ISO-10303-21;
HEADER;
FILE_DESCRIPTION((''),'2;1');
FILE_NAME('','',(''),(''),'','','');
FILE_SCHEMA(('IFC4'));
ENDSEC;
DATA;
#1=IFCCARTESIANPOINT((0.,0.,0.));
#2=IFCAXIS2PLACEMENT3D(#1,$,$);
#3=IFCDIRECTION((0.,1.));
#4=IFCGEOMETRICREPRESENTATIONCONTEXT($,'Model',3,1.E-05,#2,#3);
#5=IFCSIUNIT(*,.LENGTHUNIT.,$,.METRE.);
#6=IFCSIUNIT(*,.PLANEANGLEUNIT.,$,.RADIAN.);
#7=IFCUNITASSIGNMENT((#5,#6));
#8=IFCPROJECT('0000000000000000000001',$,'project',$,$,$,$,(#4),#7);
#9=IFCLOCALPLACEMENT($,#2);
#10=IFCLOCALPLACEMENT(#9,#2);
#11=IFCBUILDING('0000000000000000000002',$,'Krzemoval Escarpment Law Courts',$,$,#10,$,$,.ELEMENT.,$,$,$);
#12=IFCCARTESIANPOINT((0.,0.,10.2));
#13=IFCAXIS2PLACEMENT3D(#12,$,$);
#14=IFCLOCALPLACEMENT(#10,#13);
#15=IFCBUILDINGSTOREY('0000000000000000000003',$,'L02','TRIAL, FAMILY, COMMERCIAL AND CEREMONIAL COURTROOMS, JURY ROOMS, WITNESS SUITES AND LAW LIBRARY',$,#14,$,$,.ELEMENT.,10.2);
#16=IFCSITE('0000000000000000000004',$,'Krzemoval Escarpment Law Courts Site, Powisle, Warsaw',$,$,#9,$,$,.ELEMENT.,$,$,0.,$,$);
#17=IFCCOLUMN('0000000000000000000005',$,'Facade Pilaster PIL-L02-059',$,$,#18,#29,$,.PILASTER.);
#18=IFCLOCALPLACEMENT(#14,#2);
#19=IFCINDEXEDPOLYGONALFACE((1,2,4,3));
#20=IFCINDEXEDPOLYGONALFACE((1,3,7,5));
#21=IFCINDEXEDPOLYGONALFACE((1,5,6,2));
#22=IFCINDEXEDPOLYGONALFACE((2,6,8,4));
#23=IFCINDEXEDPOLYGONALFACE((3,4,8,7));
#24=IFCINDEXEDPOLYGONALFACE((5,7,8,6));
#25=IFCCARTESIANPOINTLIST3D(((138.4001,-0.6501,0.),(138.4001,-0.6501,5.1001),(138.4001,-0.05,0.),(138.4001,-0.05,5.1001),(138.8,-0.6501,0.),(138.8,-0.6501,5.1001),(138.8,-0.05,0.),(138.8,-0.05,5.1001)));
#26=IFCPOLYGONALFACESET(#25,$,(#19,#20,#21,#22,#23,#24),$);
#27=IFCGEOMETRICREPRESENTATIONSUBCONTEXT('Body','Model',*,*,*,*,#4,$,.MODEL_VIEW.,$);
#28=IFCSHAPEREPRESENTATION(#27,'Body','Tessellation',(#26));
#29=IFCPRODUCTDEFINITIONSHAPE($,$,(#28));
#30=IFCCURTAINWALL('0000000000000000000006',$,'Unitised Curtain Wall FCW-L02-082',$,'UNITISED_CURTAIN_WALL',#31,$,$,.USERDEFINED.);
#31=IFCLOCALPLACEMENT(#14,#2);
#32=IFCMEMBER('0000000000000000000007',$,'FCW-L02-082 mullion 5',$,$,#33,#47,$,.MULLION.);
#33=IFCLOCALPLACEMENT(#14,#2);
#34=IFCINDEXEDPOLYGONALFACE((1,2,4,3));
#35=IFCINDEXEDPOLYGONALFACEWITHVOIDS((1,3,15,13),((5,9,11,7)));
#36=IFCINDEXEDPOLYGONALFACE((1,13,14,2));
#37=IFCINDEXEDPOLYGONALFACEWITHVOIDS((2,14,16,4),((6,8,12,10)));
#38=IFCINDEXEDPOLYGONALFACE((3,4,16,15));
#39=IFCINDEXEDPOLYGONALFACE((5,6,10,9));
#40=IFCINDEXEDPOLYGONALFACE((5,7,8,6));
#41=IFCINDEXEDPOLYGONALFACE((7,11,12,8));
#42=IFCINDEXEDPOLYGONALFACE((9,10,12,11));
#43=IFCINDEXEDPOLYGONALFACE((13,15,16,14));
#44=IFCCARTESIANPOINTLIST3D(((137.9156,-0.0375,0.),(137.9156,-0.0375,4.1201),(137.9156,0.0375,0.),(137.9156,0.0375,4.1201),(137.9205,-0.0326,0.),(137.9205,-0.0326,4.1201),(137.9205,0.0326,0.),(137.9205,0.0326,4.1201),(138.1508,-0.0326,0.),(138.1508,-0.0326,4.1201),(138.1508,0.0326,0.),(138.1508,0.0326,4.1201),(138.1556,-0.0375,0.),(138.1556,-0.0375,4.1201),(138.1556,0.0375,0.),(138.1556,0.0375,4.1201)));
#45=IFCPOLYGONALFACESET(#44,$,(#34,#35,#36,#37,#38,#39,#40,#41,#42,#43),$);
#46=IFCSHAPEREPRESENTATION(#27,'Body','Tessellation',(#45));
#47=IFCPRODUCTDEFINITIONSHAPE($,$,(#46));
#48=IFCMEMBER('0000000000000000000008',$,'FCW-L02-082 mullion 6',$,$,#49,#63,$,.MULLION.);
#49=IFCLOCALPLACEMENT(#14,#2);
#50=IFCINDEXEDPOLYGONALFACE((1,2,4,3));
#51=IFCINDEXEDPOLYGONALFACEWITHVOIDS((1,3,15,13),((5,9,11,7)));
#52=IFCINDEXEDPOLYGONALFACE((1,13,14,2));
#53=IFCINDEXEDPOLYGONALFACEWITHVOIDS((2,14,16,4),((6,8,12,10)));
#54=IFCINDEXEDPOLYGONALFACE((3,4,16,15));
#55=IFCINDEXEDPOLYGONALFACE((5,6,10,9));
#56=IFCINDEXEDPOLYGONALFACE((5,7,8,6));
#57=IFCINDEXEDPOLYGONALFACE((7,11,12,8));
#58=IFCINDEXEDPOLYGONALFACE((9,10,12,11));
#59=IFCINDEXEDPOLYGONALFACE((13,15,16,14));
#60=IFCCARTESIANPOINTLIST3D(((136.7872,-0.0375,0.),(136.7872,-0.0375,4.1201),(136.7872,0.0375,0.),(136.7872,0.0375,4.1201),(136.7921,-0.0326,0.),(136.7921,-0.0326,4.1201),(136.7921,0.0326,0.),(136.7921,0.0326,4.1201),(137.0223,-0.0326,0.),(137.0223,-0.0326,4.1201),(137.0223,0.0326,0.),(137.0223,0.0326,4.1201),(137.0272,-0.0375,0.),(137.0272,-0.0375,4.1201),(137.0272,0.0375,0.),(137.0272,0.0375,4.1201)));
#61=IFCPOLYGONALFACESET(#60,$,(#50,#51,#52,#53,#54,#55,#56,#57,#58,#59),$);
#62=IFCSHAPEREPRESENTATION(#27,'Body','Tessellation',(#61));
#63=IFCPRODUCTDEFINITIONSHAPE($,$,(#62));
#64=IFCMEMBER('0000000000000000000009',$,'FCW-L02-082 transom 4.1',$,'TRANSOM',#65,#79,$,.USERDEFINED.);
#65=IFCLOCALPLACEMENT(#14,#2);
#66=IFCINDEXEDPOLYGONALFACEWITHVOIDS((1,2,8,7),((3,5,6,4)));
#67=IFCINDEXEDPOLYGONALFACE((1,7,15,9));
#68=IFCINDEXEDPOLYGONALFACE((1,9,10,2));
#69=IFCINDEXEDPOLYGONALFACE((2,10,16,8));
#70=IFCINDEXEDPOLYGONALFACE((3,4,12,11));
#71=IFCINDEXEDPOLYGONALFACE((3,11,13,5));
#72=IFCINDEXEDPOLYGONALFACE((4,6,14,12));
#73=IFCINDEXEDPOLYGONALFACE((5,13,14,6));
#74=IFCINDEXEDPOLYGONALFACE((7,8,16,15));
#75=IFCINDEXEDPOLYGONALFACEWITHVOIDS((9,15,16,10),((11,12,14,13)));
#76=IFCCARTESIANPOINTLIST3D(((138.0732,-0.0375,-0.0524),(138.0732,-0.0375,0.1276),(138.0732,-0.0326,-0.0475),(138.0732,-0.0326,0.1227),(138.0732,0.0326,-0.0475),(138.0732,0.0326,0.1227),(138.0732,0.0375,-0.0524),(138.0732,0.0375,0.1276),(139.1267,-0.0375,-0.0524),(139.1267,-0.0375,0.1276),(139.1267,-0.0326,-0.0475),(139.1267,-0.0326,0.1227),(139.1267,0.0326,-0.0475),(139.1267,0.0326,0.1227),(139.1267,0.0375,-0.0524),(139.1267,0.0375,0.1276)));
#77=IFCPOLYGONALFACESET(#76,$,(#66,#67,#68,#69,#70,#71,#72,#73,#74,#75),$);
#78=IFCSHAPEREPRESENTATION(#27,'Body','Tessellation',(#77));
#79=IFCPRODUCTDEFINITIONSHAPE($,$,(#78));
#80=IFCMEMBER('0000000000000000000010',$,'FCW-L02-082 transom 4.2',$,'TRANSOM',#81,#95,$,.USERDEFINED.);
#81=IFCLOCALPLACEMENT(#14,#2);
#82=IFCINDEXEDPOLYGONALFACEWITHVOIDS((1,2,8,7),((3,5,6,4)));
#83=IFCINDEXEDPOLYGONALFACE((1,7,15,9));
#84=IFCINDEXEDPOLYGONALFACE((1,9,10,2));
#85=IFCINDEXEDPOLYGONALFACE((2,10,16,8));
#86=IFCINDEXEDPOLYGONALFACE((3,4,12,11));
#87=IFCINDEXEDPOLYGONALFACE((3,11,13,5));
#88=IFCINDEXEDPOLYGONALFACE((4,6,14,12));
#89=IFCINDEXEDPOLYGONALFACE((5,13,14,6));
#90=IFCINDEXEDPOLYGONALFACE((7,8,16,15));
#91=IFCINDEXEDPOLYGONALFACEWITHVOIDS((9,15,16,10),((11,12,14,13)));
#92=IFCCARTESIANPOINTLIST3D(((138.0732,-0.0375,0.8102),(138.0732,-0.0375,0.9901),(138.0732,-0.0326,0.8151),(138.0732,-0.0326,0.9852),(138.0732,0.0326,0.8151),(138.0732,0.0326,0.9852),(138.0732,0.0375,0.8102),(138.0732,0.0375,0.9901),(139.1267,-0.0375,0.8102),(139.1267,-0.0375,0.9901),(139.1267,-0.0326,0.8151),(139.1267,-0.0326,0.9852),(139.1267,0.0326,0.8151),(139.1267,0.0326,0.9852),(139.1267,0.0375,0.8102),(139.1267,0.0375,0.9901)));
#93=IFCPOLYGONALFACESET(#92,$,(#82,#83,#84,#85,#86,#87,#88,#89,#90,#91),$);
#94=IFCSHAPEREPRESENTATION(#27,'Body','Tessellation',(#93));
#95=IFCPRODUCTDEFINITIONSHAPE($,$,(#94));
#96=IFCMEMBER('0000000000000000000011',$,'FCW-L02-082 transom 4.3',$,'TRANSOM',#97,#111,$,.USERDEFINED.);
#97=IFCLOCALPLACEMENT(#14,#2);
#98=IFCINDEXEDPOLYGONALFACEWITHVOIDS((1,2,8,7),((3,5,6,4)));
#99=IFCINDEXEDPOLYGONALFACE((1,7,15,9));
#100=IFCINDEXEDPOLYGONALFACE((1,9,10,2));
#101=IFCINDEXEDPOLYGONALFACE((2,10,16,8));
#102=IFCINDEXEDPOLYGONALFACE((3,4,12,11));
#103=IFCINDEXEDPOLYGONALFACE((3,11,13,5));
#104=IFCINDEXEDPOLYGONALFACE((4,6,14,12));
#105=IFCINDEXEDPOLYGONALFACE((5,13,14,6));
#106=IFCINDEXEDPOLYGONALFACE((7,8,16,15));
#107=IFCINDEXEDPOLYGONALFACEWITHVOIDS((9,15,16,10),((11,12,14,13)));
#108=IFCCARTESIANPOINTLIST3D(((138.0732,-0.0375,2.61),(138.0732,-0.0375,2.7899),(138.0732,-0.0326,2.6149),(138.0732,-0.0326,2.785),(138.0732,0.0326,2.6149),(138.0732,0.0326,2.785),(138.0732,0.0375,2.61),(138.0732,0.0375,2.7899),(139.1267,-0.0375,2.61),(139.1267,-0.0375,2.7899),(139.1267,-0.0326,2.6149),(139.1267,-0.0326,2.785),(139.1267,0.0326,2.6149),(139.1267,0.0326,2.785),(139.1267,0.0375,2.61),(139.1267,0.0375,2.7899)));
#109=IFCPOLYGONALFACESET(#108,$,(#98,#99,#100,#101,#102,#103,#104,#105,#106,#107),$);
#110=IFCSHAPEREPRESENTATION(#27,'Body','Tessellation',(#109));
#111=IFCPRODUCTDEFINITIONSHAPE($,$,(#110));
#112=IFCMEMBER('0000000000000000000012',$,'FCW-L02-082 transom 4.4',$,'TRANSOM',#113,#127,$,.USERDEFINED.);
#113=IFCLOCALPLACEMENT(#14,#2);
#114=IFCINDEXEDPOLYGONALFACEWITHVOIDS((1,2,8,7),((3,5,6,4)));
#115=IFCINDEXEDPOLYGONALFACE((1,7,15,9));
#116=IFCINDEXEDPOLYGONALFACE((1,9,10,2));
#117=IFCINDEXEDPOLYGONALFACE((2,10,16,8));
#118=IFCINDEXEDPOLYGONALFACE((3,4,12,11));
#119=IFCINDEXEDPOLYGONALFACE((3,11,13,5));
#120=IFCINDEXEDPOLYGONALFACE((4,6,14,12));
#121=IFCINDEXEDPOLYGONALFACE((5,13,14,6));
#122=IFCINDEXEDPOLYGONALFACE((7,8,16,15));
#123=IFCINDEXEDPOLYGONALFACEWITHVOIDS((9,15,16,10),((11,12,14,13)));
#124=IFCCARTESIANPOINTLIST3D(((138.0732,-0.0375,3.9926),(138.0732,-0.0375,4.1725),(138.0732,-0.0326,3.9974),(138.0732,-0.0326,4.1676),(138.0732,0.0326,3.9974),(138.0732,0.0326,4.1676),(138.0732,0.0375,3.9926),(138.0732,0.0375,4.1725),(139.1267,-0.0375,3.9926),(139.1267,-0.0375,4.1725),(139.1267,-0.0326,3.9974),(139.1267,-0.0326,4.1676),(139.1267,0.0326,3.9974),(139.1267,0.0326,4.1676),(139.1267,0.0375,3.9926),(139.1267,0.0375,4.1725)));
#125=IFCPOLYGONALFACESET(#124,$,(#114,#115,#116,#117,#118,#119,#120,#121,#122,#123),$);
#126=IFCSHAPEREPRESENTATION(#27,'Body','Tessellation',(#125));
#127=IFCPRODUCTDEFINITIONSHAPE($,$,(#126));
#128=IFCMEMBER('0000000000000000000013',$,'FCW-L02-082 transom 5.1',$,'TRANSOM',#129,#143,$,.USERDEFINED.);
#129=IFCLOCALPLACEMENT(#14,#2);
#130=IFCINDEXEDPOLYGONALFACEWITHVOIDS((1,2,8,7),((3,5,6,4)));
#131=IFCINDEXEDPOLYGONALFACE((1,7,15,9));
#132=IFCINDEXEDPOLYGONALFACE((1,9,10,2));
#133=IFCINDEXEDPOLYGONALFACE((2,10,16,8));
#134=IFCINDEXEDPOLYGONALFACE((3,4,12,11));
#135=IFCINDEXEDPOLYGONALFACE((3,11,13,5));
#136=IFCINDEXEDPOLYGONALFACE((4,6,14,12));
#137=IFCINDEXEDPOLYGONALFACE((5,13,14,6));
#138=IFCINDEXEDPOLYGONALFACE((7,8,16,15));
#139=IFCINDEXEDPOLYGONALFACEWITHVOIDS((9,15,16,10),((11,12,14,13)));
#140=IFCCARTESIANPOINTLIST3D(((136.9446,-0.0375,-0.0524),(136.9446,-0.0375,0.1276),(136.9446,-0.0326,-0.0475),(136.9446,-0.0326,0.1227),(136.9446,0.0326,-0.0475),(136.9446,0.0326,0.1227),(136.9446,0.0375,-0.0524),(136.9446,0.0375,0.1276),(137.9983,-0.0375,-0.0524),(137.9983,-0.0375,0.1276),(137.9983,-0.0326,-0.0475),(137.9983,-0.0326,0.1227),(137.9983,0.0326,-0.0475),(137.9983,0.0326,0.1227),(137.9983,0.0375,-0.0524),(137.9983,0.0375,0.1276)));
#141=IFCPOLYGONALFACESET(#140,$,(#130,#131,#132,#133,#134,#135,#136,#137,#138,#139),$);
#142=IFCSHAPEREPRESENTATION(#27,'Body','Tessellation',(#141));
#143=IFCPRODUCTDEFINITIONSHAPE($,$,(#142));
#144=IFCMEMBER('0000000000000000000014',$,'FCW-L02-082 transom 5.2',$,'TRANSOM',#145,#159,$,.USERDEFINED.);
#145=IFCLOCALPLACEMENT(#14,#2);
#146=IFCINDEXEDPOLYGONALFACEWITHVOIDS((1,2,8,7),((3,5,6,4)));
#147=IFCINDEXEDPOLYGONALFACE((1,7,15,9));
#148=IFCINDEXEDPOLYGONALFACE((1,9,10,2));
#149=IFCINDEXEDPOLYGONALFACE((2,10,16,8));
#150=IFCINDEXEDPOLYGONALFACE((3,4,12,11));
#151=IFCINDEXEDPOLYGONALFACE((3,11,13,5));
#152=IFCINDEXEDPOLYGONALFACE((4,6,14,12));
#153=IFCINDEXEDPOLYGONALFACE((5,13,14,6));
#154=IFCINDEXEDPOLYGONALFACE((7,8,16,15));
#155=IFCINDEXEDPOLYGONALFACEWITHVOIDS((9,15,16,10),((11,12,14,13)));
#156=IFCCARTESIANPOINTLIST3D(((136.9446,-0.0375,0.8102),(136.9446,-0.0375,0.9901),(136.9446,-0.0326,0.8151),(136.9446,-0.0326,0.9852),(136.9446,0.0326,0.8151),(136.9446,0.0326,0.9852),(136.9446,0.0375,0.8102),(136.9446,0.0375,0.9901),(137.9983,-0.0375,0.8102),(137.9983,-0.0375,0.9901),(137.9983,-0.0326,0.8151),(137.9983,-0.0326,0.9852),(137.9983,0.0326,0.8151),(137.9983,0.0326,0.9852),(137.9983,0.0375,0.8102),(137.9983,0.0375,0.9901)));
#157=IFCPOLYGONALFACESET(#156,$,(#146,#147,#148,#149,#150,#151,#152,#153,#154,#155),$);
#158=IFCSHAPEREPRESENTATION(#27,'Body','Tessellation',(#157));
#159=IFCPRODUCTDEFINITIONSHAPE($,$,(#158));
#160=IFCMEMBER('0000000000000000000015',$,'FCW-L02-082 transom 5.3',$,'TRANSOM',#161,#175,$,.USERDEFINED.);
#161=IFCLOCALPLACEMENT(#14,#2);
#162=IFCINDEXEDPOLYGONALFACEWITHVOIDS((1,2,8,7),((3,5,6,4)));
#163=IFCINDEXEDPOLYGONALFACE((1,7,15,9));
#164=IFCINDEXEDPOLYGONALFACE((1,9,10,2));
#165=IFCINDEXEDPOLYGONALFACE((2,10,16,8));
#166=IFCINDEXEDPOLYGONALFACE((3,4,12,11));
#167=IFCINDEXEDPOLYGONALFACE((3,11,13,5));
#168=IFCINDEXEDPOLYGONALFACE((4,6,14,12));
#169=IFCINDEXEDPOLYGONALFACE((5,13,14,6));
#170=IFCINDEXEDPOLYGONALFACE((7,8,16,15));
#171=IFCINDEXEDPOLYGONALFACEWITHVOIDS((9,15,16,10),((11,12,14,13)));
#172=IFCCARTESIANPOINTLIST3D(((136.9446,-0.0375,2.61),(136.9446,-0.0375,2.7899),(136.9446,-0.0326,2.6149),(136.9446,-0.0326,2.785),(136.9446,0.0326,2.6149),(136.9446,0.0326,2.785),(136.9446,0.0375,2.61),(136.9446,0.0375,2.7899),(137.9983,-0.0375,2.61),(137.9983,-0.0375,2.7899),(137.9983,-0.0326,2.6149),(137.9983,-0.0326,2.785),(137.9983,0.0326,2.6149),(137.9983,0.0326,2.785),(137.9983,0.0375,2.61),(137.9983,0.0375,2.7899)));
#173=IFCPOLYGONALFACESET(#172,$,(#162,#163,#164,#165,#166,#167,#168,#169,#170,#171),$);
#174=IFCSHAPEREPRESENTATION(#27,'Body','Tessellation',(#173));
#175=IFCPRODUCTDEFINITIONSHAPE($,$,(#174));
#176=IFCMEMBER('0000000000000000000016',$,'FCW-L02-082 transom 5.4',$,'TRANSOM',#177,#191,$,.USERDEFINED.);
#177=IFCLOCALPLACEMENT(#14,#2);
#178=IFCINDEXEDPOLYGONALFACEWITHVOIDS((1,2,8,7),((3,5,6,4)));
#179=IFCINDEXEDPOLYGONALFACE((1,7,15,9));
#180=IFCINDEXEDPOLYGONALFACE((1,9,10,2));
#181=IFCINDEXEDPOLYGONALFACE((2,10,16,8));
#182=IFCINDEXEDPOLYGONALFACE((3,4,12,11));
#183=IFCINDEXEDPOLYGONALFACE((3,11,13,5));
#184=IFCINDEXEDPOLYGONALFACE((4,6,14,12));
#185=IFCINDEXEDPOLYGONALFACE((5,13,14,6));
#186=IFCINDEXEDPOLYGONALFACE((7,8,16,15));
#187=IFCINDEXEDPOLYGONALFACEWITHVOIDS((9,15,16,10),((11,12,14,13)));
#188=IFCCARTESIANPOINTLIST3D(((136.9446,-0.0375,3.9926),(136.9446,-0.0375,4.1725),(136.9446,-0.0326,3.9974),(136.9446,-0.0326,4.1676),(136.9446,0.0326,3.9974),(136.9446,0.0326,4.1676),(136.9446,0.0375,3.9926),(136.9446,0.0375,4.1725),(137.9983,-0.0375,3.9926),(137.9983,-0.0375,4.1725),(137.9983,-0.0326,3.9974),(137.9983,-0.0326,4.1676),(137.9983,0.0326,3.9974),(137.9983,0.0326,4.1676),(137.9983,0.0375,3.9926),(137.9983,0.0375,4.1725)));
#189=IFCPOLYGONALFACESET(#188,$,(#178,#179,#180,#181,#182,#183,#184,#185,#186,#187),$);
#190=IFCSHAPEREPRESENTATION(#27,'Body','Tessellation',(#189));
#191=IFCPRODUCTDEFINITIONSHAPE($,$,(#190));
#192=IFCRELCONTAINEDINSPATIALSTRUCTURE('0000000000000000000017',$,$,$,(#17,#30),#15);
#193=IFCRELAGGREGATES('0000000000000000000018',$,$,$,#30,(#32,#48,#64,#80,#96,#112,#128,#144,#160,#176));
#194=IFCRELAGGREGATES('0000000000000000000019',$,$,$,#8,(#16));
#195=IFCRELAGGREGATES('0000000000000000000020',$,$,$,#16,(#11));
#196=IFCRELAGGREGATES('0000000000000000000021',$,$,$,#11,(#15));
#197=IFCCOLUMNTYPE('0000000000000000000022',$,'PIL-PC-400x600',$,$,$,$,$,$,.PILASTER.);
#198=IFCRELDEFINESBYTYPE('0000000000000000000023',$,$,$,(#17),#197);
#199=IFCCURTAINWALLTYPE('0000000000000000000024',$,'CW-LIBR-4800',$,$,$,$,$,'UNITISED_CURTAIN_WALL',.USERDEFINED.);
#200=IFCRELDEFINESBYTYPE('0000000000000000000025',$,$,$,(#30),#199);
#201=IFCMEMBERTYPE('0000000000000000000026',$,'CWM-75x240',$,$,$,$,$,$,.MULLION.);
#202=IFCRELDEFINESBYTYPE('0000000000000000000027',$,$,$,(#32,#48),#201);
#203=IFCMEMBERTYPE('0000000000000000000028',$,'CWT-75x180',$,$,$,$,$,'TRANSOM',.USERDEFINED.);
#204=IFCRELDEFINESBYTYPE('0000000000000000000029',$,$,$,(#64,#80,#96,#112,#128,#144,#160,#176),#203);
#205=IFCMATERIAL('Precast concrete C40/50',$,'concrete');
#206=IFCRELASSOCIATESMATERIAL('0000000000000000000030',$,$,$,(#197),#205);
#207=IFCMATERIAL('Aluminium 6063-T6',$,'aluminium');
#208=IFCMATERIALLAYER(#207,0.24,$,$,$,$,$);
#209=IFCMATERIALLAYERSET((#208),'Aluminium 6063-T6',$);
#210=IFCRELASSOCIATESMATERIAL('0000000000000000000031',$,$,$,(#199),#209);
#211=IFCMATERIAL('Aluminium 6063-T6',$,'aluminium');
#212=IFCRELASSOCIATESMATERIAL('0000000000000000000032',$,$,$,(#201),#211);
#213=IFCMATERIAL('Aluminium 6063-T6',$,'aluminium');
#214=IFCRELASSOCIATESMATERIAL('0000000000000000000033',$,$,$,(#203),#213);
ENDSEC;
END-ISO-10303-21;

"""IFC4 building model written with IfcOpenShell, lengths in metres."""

from ifc_helpers import new_model, si_unit, direction, frame, origin, origin_2d, place, context, subcontext, project, spatial, rectangle, hollow_rectangle, extrude, material, layer, layer_set, material_profile, profile_set, type_object, element, aggregate, save


model = new_model("IFC4")

# Units and contexts
model_context = context("Model", 3, precision=1e-05, world=origin(), true_north=direction((0.0, 1.0)))
body_context = subcontext(model_context, "Body", "Model", "MODEL_VIEW")
ifc_project = project(units=[si_unit("LENGTHUNIT", "METRE"), si_unit("PLANEANGLEUNIT", "RADIAN")], contexts=[model_context])

# Site, building, storey
site_placement = place(None, origin())
site = spatial("IfcSite", under=ifc_project, at=site_placement, Name="Krzemoval Escarpment Law Courts Site, Powisle, Warsaw", CompositionType="ELEMENT", RefElevation=0.0)
building_placement = place(site_placement, origin())
building = spatial("IfcBuilding", under=site, at=building_placement, Name="Krzemoval Escarpment Law Courts", CompositionType="ELEMENT")
storey_placement = place(building_placement, frame((0.0, 0.0, 10.2)))
storey = spatial("IfcBuildingStorey", under=building, at=storey_placement, Name="L02", Description="TRIAL, FAMILY, COMMERCIAL AND CEREMONIAL COURTROOMS, JURY ROOMS, WITNESS SUITES AND LAW LIBRARY", CompositionType="ELEMENT", Elevation=10.2)

# Column
ifc_material_1 = material(Name="Precast concrete C40/50", Category="concrete")
ifc_material_profile_1 = material_profile(ifc_material_1, rectangle(XDim=0.3999, YDim=0.6001, at=origin_2d()), Name="PIL 400x600")
ifc_profile_set_1 = profile_set([ifc_material_profile_1], Name="Precast concrete C40/50")
column_type = type_object("IfcColumnType", Name="PIL-PC-400x600", PredefinedType="PILASTER", material=ifc_profile_set_1)
column_placement = place(storey_placement, frame((138.6001, -0.3501, 0.0), z_axis=(0.0, 0.0, 1.0), x_axis=(1.0, 0.0, 0.0)))
element("IfcColumn", 1, at=column_placement, inside=storey, type_object=column_type, Name="Facade Pilaster PIL-L02-059", PredefinedType="PILASTER", context=body_context, shape_type="SweptSolid", body=[
    extrude(rectangle(XDim=0.3999, YDim=0.6001, at=origin_2d()), origin(), (0.0, 0.0, 1.0), 5.1001),
])

# Curtain wall, members
ifc_material_2 = material(Name="Aluminium 6063-T6", Category="aluminium")
ifc_layer_1 = layer(ifc_material_2, 0.24)
ifc_layer_set_1 = layer_set([ifc_layer_1], Name="Aluminium 6063-T6")
curtain_wall_type = type_object("IfcCurtainWallType", Name="CW-LIBR-4800", ElementType="UNITISED_CURTAIN_WALL", PredefinedType="USERDEFINED", material=ifc_layer_set_1)
curtain_wall_placement = place(storey_placement, origin())
curtain_wall = element("IfcCurtainWall", 2, at=curtain_wall_placement, inside=storey, type_object=curtain_wall_type, Name="Unitised Curtain Wall FCW-L02-082", ObjectType="UNITISED_CURTAIN_WALL", PredefinedType="USERDEFINED")
ifc_material_3 = material(Name="Aluminium 6063-T6", Category="aluminium")
ifc_material_profile_2 = material_profile(ifc_material_3, hollow_rectangle(XDim=0.075, YDim=0.24, WallThickness=0.0049, at=origin_2d()), Name="ALU M75x240")
ifc_profile_set_2 = profile_set([ifc_material_profile_2], Name="Aluminium 6063-T6")
member_type_1 = type_object("IfcMemberType", Name="CWM-75x240", PredefinedType="MULLION", material=ifc_profile_set_2)
member_1_placement = place(storey_placement, frame((138.0356, 0.0, 0.0), z_axis=(0.0, 0.0, 1.0), x_axis=(0.0, -1.0, 0.0)))
member_1 = element("IfcMember", 3, at=member_1_placement, type_object=member_type_1, Name="FCW-L02-082 mullion 5", PredefinedType="MULLION", context=body_context, shape_type="SweptSolid", body=[
    extrude(hollow_rectangle(XDim=0.075, YDim=0.24, WallThickness=0.0049, at=origin_2d()), origin(), (0.0, 0.0, 1.0), 4.1201),
])
member_2_placement = place(storey_placement, frame((136.9072, 0.0, 0.0), z_axis=(0.0, 0.0, 1.0), x_axis=(0.0, -1.0, 0.0)))
member_2 = element("IfcMember", 4, at=member_2_placement, type_object=member_type_1, Name="FCW-L02-082 mullion 6", PredefinedType="MULLION", context=body_context, shape_type="SweptSolid", body=[
    extrude(hollow_rectangle(XDim=0.075, YDim=0.24, WallThickness=0.0049, at=origin_2d()), origin(), (0.0, 0.0, 1.0), 4.1201),
])
ifc_material_4 = material(Name="Aluminium 6063-T6", Category="aluminium")
ifc_material_profile_3 = material_profile(ifc_material_4, hollow_rectangle(XDim=0.075, YDim=0.1799, WallThickness=0.0049, at=origin_2d()), Name="ALU T75x180")
ifc_profile_set_3 = profile_set([ifc_material_profile_3], Name="Aluminium 6063-T6")
member_type_2 = type_object("IfcMemberType", Name="CWT-75x180", ElementType="TRANSOM", PredefinedType="USERDEFINED", material=ifc_profile_set_3)
member_3_placement = place(storey_placement, frame((139.1267, 0.0, 0.0376), z_axis=(-1.0, 0.0, 0.0), x_axis=(0.0, -1.0, 0.0)))
member_3 = element("IfcMember", 5, at=member_3_placement, type_object=member_type_2, Name="FCW-L02-082 transom 4.1", ObjectType="TRANSOM", PredefinedType="USERDEFINED", context=body_context, shape_type="SweptSolid", body=[
    extrude(hollow_rectangle(XDim=0.075, YDim=0.1799, WallThickness=0.0049, at=origin_2d()), origin(), (0.0, 0.0, 1.0), 1.0535),
])
member_4_placement = place(storey_placement, frame((139.1267, 0.0, 0.9001), z_axis=(-1.0, 0.0, 0.0), x_axis=(0.0, -1.0, 0.0)))
member_4 = element("IfcMember", 6, at=member_4_placement, type_object=member_type_2, Name="FCW-L02-082 transom 4.2", ObjectType="TRANSOM", PredefinedType="USERDEFINED", context=body_context, shape_type="SweptSolid", body=[
    extrude(hollow_rectangle(XDim=0.075, YDim=0.1799, WallThickness=0.0049, at=origin_2d()), origin(), (0.0, 0.0, 1.0), 1.0535),
])
member_5_placement = place(storey_placement, frame((139.1267, 0.0, 2.7), z_axis=(-1.0, 0.0, 0.0), x_axis=(0.0, -1.0, 0.0)))
member_5 = element("IfcMember", 7, at=member_5_placement, type_object=member_type_2, Name="FCW-L02-082 transom 4.3", ObjectType="TRANSOM", PredefinedType="USERDEFINED", context=body_context, shape_type="SweptSolid", body=[
    extrude(hollow_rectangle(XDim=0.075, YDim=0.1799, WallThickness=0.0049, at=origin_2d()), origin(), (0.0, 0.0, 1.0), 1.0535),
])
member_6_placement = place(storey_placement, frame((139.1267, 0.0, 4.0825), z_axis=(-1.0, 0.0, 0.0), x_axis=(0.0, -1.0, 0.0)))
member_6 = element("IfcMember", 8, at=member_6_placement, type_object=member_type_2, Name="FCW-L02-082 transom 4.4", ObjectType="TRANSOM", PredefinedType="USERDEFINED", context=body_context, shape_type="SweptSolid", body=[
    extrude(hollow_rectangle(XDim=0.075, YDim=0.1799, WallThickness=0.0049, at=origin_2d()), origin(), (0.0, 0.0, 1.0), 1.0535),
])
member_7_placement = place(storey_placement, frame((137.9983, 0.0, 0.0376), z_axis=(-1.0, 0.0, 0.0), x_axis=(0.0, -1.0, 0.0)))
member_7 = element("IfcMember", 9, at=member_7_placement, type_object=member_type_2, Name="FCW-L02-082 transom 5.1", ObjectType="TRANSOM", PredefinedType="USERDEFINED", context=body_context, shape_type="SweptSolid", body=[
    extrude(hollow_rectangle(XDim=0.075, YDim=0.1799, WallThickness=0.0049, at=origin_2d()), origin(), (0.0, 0.0, 1.0), 1.0537),
])
member_8_placement = place(storey_placement, frame((137.9983, 0.0, 0.9001), z_axis=(-1.0, 0.0, 0.0), x_axis=(0.0, -1.0, 0.0)))
member_8 = element("IfcMember", 10, at=member_8_placement, type_object=member_type_2, Name="FCW-L02-082 transom 5.2", ObjectType="TRANSOM", PredefinedType="USERDEFINED", context=body_context, shape_type="SweptSolid", body=[
    extrude(hollow_rectangle(XDim=0.075, YDim=0.1799, WallThickness=0.0049, at=origin_2d()), origin(), (0.0, 0.0, 1.0), 1.0537),
])
member_9_placement = place(storey_placement, frame((137.9983, 0.0, 2.7), z_axis=(-1.0, 0.0, 0.0), x_axis=(0.0, -1.0, 0.0)))
member_9 = element("IfcMember", 11, at=member_9_placement, type_object=member_type_2, Name="FCW-L02-082 transom 5.3", ObjectType="TRANSOM", PredefinedType="USERDEFINED", context=body_context, shape_type="SweptSolid", body=[
    extrude(hollow_rectangle(XDim=0.075, YDim=0.1799, WallThickness=0.0049, at=origin_2d()), origin(), (0.0, 0.0, 1.0), 1.0537),
])
member_10_placement = place(storey_placement, frame((137.9983, 0.0, 4.0825), z_axis=(-1.0, 0.0, 0.0), x_axis=(0.0, -1.0, 0.0)))
member_10 = element("IfcMember", 12, at=member_10_placement, type_object=member_type_2, Name="FCW-L02-082 transom 5.4", ObjectType="TRANSOM", PredefinedType="USERDEFINED", context=body_context, shape_type="SweptSolid", body=[
    extrude(hollow_rectangle(XDim=0.075, YDim=0.1799, WallThickness=0.0049, at=origin_2d()), origin(), (0.0, 0.0, 1.0), 1.0537),
])
aggregate(curtain_wall, [member_1, member_2, member_3, member_4, member_5, member_6, member_7, member_8, member_9, member_10])

save(model, "model.ifc")
